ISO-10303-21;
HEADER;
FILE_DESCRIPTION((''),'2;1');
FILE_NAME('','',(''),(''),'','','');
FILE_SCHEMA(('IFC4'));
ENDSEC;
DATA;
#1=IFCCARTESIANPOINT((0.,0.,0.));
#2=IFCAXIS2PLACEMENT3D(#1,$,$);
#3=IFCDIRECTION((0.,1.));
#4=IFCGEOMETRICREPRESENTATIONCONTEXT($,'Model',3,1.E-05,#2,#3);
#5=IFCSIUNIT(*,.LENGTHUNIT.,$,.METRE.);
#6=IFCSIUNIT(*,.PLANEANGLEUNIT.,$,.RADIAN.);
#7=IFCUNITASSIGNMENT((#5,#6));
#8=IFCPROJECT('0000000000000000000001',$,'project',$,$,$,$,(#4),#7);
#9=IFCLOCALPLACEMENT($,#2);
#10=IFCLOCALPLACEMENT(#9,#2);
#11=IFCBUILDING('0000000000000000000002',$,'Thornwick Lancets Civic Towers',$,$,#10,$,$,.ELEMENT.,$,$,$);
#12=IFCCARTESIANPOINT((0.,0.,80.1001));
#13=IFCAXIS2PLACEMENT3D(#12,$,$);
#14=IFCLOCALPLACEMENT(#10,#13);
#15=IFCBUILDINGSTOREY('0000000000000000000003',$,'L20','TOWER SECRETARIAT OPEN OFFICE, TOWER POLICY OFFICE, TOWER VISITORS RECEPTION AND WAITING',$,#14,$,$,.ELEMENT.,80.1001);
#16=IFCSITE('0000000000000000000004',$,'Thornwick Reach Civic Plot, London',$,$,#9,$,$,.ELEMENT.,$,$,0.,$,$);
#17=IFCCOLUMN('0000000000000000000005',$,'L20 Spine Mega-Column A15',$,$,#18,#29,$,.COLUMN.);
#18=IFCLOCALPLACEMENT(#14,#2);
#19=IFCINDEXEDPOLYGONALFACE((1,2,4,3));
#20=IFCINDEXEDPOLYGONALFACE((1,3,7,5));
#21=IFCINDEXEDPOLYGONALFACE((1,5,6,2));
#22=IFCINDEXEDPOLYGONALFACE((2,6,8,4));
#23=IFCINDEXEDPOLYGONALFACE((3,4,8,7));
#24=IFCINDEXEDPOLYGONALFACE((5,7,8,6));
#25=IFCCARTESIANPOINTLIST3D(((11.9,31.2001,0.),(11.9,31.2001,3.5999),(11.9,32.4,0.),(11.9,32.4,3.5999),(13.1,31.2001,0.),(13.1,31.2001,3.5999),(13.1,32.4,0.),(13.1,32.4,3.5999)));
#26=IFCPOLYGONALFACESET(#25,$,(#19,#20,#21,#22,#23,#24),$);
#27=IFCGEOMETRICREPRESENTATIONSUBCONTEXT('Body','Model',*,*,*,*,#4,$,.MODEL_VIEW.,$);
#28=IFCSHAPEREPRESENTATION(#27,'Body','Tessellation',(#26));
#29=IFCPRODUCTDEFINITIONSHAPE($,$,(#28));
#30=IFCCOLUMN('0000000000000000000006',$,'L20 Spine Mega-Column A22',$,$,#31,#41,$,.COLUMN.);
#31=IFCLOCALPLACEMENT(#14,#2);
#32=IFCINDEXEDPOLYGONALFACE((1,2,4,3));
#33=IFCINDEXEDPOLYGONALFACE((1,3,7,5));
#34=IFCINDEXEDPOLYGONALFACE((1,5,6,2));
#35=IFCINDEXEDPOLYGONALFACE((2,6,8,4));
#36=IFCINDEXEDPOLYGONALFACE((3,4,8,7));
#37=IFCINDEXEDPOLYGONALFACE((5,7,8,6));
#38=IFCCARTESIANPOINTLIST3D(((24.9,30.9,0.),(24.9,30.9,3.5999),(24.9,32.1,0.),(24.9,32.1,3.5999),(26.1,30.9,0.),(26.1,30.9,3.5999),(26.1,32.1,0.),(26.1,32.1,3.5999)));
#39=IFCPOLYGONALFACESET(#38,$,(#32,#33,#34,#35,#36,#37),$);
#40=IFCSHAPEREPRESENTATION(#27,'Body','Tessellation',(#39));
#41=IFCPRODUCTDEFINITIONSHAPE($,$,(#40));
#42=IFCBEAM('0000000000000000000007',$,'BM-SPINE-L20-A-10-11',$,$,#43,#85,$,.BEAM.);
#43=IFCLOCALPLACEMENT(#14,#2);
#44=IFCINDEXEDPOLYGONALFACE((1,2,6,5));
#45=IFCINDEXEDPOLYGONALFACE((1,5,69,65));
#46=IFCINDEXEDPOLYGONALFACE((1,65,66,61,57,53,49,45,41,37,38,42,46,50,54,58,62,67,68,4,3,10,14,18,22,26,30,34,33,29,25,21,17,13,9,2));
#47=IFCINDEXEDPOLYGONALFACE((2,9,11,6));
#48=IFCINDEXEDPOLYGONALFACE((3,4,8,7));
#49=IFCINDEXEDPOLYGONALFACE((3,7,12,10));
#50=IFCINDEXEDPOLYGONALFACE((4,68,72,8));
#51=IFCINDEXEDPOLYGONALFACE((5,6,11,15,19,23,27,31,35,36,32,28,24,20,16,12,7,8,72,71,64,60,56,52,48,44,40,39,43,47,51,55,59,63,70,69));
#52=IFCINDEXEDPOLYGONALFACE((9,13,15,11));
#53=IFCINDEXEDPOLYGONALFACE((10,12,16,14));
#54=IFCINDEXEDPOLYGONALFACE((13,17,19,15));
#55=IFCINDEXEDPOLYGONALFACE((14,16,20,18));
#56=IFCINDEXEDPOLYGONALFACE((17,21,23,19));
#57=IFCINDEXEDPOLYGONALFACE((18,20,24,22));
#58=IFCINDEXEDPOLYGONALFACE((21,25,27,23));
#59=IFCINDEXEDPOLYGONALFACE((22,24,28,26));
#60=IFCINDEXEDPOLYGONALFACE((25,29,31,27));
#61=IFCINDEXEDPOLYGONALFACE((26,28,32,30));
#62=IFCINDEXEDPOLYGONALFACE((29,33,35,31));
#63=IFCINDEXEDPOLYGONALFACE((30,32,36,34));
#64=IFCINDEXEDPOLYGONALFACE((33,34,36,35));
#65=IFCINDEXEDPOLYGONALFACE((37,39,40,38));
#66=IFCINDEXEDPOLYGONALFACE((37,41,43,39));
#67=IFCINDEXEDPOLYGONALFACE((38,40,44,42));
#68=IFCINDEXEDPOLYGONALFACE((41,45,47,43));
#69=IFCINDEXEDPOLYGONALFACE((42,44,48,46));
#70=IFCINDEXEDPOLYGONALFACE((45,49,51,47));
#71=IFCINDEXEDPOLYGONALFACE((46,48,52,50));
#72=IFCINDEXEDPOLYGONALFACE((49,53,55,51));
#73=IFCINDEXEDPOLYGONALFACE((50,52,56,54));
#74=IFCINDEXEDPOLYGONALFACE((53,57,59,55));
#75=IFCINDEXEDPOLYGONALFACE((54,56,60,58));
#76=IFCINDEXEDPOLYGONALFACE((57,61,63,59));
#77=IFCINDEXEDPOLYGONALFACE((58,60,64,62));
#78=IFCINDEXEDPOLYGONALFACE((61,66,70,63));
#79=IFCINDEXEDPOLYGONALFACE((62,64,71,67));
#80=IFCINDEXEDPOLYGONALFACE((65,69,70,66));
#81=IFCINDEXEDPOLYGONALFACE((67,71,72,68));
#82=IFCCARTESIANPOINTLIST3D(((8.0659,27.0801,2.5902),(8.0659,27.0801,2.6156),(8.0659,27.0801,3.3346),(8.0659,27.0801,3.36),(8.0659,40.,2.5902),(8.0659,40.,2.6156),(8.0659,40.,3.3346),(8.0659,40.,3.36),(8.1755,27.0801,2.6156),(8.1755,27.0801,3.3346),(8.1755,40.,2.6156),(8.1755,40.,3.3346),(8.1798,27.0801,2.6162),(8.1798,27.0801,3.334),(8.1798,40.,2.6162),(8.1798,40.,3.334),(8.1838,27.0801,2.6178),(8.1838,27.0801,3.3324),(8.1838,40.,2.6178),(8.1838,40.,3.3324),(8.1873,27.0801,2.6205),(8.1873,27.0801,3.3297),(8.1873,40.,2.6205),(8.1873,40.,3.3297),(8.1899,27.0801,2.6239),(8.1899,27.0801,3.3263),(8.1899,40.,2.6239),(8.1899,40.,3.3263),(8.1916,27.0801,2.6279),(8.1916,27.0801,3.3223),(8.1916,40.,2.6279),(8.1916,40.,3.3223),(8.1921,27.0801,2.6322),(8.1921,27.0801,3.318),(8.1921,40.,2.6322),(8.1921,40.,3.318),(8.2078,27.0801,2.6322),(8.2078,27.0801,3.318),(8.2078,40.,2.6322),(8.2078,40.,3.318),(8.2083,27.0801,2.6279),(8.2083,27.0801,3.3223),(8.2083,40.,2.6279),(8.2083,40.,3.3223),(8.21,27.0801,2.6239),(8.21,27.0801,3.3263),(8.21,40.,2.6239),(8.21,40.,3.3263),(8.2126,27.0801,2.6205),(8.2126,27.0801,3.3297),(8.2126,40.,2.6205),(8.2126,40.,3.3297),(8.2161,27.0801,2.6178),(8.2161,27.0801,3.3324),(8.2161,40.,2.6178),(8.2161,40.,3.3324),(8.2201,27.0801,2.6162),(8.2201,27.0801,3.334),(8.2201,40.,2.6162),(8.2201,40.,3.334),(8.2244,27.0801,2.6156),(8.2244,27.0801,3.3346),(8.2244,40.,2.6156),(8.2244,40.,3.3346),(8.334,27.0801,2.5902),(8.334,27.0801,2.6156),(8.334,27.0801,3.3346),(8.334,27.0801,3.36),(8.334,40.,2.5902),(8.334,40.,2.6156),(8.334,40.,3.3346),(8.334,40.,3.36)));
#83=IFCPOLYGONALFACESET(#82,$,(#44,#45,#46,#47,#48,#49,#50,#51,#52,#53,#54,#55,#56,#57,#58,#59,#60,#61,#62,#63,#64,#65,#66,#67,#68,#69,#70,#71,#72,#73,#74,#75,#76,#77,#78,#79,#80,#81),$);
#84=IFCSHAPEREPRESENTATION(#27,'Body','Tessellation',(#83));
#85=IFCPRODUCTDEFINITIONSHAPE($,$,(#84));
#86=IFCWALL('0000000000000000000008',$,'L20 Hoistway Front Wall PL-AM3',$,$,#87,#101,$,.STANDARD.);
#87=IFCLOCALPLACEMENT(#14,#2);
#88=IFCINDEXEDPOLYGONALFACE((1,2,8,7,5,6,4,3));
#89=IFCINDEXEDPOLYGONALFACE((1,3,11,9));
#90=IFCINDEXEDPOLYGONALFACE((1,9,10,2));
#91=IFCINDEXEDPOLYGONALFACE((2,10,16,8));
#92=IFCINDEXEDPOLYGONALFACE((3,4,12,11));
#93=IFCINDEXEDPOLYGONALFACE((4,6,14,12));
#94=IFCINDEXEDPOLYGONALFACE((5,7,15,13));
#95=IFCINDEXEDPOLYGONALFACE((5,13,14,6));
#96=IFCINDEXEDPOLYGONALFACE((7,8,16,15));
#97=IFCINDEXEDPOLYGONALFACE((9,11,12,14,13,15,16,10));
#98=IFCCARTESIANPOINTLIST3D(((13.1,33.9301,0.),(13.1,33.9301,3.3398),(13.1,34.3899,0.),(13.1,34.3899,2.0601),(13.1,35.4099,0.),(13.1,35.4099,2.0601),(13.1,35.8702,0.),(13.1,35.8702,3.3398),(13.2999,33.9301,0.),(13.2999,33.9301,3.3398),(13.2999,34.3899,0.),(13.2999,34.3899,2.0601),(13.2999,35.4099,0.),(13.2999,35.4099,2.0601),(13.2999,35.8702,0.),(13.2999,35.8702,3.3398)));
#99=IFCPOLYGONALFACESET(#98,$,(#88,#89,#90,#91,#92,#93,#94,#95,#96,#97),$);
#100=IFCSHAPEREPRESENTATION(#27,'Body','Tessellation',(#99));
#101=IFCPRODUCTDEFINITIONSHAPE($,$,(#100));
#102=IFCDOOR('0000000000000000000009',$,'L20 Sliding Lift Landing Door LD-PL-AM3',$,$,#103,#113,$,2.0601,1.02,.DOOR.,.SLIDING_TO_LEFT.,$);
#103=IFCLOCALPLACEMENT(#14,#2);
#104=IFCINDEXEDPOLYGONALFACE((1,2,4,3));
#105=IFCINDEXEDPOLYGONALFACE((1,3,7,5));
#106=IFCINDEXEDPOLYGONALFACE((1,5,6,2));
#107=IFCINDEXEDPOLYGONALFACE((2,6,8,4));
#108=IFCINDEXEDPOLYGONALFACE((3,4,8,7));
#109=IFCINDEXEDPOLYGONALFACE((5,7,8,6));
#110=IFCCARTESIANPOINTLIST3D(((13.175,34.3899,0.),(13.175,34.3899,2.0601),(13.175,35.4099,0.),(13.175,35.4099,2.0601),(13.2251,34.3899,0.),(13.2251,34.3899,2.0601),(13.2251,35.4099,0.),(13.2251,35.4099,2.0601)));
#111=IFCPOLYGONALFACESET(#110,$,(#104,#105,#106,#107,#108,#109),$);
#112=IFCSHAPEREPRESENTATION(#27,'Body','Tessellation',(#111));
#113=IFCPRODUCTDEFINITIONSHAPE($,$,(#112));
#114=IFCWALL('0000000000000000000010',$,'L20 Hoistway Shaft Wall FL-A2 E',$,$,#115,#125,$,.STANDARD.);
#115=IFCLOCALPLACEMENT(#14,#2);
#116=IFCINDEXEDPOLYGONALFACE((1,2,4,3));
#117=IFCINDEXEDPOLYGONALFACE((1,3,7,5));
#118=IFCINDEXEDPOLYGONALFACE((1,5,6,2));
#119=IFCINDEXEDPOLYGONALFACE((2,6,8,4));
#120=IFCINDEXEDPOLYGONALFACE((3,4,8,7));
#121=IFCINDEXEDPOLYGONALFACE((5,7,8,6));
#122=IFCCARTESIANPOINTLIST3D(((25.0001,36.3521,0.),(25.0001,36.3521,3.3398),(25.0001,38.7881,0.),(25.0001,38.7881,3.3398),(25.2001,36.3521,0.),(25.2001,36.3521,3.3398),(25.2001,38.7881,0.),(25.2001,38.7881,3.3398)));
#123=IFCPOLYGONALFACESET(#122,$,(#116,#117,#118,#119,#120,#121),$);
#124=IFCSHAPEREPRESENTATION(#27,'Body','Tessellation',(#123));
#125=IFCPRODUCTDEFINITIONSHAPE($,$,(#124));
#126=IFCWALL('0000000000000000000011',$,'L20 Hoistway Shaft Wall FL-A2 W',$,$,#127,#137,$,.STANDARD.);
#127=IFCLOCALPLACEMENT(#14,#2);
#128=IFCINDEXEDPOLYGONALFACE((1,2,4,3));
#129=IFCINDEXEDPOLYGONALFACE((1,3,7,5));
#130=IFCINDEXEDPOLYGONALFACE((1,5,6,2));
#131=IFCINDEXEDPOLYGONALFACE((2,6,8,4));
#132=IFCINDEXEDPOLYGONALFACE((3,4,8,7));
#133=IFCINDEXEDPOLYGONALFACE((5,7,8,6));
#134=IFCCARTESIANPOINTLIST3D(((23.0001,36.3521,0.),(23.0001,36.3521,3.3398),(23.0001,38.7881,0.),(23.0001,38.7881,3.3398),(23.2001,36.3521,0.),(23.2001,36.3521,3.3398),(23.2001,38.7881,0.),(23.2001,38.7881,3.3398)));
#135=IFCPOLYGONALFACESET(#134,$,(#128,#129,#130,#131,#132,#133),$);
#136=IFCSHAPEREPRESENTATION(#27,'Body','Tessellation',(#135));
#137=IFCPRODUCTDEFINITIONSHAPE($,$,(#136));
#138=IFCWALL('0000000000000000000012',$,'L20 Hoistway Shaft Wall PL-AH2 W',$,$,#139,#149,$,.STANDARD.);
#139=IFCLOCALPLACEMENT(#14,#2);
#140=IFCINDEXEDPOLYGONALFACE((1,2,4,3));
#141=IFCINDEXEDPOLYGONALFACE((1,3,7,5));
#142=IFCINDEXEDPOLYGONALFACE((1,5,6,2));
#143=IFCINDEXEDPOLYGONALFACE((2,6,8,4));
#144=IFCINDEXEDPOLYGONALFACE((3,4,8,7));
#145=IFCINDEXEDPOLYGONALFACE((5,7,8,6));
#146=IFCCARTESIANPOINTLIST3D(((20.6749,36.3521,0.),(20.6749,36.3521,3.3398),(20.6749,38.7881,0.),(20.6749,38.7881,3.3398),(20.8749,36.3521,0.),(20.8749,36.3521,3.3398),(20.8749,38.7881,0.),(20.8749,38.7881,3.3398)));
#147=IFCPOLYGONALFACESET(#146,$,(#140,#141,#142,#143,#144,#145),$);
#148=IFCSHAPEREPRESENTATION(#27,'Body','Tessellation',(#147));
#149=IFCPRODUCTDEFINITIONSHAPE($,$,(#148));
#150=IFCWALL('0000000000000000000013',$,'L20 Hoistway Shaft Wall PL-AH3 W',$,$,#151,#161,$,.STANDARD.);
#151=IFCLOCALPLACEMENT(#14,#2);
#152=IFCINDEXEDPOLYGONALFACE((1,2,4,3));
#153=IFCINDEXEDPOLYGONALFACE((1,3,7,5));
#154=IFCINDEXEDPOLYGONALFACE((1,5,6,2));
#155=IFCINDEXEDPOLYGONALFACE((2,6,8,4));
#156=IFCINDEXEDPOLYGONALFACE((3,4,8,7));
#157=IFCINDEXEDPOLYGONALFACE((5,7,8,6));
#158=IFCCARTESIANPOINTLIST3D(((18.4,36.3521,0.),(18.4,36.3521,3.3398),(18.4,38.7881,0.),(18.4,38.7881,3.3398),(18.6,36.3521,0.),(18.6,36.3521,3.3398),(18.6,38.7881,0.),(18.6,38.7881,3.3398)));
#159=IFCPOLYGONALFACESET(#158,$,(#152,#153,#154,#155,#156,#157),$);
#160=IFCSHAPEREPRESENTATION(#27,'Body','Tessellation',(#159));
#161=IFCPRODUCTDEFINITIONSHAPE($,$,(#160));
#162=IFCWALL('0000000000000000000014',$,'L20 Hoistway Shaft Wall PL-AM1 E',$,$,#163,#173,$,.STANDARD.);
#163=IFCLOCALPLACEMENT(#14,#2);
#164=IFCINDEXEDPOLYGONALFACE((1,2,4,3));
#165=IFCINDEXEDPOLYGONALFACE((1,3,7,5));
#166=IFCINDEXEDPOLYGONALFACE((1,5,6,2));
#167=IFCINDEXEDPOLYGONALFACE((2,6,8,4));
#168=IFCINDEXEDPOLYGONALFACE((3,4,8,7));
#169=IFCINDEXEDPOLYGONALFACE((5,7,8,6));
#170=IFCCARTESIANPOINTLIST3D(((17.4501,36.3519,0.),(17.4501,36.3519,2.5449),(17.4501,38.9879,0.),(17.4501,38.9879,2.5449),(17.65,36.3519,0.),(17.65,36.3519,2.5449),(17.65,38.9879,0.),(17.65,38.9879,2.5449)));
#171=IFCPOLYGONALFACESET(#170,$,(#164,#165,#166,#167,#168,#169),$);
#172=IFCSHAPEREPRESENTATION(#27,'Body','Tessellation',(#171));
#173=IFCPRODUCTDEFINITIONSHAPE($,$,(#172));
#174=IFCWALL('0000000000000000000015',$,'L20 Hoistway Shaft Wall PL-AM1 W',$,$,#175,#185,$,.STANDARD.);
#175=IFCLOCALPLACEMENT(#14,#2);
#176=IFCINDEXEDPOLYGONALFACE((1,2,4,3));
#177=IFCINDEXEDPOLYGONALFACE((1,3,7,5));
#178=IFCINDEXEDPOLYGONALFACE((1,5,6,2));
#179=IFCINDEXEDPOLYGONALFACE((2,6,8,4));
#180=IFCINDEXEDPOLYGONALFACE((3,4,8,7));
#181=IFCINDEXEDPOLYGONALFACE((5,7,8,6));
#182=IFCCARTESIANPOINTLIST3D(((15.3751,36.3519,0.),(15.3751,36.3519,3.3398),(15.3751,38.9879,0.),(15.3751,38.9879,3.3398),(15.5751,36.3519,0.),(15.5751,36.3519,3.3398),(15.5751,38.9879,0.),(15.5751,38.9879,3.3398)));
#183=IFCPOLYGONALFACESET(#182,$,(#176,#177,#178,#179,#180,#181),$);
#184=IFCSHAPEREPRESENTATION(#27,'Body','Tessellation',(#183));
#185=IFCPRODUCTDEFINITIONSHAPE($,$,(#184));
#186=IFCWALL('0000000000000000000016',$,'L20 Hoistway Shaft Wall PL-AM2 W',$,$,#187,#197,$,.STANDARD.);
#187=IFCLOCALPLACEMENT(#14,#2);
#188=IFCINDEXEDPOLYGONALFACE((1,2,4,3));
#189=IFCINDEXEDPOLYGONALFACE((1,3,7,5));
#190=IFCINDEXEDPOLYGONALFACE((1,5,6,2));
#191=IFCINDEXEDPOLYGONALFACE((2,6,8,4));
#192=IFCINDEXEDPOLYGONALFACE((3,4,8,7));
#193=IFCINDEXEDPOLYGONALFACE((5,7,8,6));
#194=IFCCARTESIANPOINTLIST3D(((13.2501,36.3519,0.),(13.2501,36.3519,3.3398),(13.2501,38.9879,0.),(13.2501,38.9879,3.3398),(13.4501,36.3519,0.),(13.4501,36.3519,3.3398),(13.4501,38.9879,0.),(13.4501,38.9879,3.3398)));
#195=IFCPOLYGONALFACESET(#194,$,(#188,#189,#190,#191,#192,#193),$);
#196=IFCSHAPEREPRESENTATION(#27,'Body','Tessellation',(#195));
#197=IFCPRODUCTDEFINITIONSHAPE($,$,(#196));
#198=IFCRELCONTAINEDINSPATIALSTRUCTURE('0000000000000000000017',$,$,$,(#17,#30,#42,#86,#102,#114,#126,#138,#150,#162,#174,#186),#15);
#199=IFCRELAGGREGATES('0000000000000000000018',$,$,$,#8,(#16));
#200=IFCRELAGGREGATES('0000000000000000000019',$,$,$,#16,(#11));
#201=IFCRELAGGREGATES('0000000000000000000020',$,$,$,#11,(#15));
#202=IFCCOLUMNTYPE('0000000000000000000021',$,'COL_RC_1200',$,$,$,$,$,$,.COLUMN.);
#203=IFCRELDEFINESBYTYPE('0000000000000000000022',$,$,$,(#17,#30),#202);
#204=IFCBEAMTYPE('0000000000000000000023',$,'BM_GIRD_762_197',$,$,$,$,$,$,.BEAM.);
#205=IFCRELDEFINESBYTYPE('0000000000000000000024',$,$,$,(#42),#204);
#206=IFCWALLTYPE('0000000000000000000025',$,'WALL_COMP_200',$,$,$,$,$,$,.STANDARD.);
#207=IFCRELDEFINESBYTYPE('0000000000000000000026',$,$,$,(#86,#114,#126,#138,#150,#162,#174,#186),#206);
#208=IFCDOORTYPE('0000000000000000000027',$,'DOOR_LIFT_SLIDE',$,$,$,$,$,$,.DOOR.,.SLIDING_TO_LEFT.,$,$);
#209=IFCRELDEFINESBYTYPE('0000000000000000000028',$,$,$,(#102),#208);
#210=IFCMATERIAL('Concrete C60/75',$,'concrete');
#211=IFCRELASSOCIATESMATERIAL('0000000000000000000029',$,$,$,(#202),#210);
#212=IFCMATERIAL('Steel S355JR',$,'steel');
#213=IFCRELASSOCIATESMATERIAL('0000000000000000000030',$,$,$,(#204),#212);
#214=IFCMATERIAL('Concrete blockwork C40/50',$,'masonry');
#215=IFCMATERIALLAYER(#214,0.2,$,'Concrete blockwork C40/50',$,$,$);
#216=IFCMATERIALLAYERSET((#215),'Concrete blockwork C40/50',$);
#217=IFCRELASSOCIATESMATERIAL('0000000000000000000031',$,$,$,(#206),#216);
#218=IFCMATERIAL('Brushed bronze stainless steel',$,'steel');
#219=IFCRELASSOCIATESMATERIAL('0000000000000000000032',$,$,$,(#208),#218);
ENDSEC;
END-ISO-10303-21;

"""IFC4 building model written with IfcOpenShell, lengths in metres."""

from ifc_helpers import new_model, si_unit, direction, frame, frame_2d, origin, origin_2d, place, context, subcontext, project, spatial, rectangle, i_section, extrude, material, layer, layer_set, material_profile, profile_set, type_object, element, fill, save


model = new_model("IFC4")

# Units and contexts
model_context = context("Model", 3, precision=1e-05, world=origin(), true_north=direction((0.0, 1.0)))
body_context = subcontext(model_context, "Body", "Model", "MODEL_VIEW")
ifc_project = project(units=[si_unit("LENGTHUNIT", "METRE"), si_unit("PLANEANGLEUNIT", "RADIAN")], contexts=[model_context])

# Site, building, storey
site_placement = place(None, origin())
site = spatial("IfcSite", under=ifc_project, at=site_placement, Name="Thornwick Reach Civic Plot, London", CompositionType="ELEMENT", RefElevation=0.0)
building_placement = place(site_placement, origin())
building = spatial("IfcBuilding", under=site, at=building_placement, Name="Thornwick Lancets Civic Towers", CompositionType="ELEMENT")
storey_placement = place(building_placement, frame((0.0, 0.0, 80.1001)))
storey = spatial("IfcBuildingStorey", under=building, at=storey_placement, Name="L20", Description="TOWER SECRETARIAT OPEN OFFICE, TOWER POLICY OFFICE, TOWER VISITORS RECEPTION AND WAITING", CompositionType="ELEMENT", Elevation=80.1001)

# Columns
ifc_material_1 = material(Name="Concrete C60/75", Category="concrete")
ifc_material_profile_1 = material_profile(ifc_material_1, rectangle(XDim=1.2, YDim=1.2, at=origin_2d()), Name="RC 1200x1200")
ifc_profile_set_1 = profile_set([ifc_material_profile_1], Name="Concrete C60/75")
column_type = type_object("IfcColumnType", Name="COL_RC_1200", PredefinedType="COLUMN", material=ifc_profile_set_1)
for number, where, z_axis, x_axis, name in (
    (1, (12.5, 31.8, 0.0), (0.0, 0.0, 1.0), (1.0, 0.0, 0.0), "L20 Spine Mega-Column A15"),
    (2, (25.5, 31.5, 0.0), (0.0, 0.0, 1.0), (1.0, 0.0, 0.0), "L20 Spine Mega-Column A22"),
):
    element("IfcColumn", number, at=place(storey_placement, frame(where, z_axis=z_axis, x_axis=x_axis)), inside=storey, type_object=column_type, Name=name, PredefinedType="COLUMN", context=body_context, shape_type="SweptSolid", body=[
        extrude(rectangle(XDim=1.2, YDim=1.2, at=origin_2d()), origin(), (0.0, 0.0, 1.0), 3.5999),
    ])

# Beam
ifc_material_2 = material(Name="Steel S355JR", Category="steel")
ifc_material_profile_2 = material_profile(ifc_material_2, i_section(OverallWidth=0.2681, OverallDepth=0.7698, WebThickness=0.0156, FlangeThickness=0.0254, FilletRadius=0.0166, at=origin_2d()), Name="UKB 762x267x197")
ifc_profile_set_2 = profile_set([ifc_material_profile_2], Name="Steel S355JR")
beam_type = type_object("IfcBeamType", Name="BM_GIRD_762_197", PredefinedType="BEAM", material=ifc_profile_set_2)
beam_placement = place(storey_placement, frame((8.2, 27.0801, 2.9751), z_axis=(0.0, 1.0, 0.0), x_axis=(-1.0, 0.0, 0.0)))
element("IfcBeam", 3, at=beam_placement, inside=storey, type_object=beam_type, Name="BM-SPINE-L20-A-10-11", PredefinedType="BEAM", context=body_context, shape_type="SweptSolid", body=[
    extrude(i_section(OverallWidth=0.2681, OverallDepth=0.7698, WebThickness=0.0156, FlangeThickness=0.0254, FilletRadius=0.0166, at=origin_2d()), origin(), (0.0, 0.0, 1.0), 12.9199),
])

# Wall, opening, door
ifc_material_3 = material(Name="Concrete blockwork C40/50", Category="masonry")
ifc_layer_1 = layer(ifc_material_3, 0.2, Name="Concrete blockwork C40/50")
ifc_layer_set_1 = layer_set([ifc_layer_1], Name="Concrete blockwork C40/50")
wall_type_1 = type_object("IfcWallType", Name="WALL_COMP_200", PredefinedType="STANDARD", material=ifc_layer_set_1)
wall_1_placement = place(storey_placement, frame((13.2, 33.9299, 0.0), z_axis=(0.0, 0.0, 1.0), x_axis=(0.0, 1.0, 0.0)))
wall_1 = element("IfcWall", 4, at=wall_1_placement, inside=storey, type_object=wall_type_1, Name="L20 Hoistway Front Wall PL-AM3", PredefinedType="STANDARD", context=body_context, shape_type="SweptSolid", body=[
    extrude(rectangle(XDim=1.9402, YDim=0.2, at=frame_2d((0.9702, 0.0))), origin(), (0.0, 0.0, 1.0), 3.3398),
])
opening_1_placement = place(wall_1_placement, frame((0.46, 0.0, 0.0)))
opening_1 = element("IfcOpeningElement", 5, at=opening_1_placement, cuts=wall_1, PredefinedType="OPENING", context=body_context, shape_type="SweptSolid", body=[
    extrude(rectangle(XDim=1.02, YDim=2.0601, at=frame_2d((0.51, 1.03))), frame((0.0, 0.1099, 0.0), z_axis=(0.0, -1.0, 0.0), x_axis=(1.0, 0.0, 0.0)), (0.0, 0.0, 1.0), 0.22),
])
ifc_material_4 = material(Name="Brushed bronze stainless steel", Category="steel")
door_type_1 = type_object("IfcDoorType", Name="DOOR_LIFT_SLIDE", OperationType="SLIDING_TO_LEFT", PredefinedType="DOOR", material=ifc_material_4)
door_1_placement = place(opening_1_placement, origin())
door_1 = element("IfcDoor", 6, at=door_1_placement, inside=storey, type_object=door_type_1, Name="L20 Sliding Lift Landing Door LD-PL-AM3", OperationType="SLIDING_TO_LEFT", OverallHeight=2.0601, OverallWidth=1.02, PredefinedType="DOOR", context=body_context, shape_type="SweptSolid", body=[
    extrude(rectangle(XDim=1.02, YDim=2.0601, at=frame_2d((0.51, 1.03))), frame((0.0, 0.0249, 0.0), z_axis=(0.0, -1.0, 0.0), x_axis=(1.0, 0.0, 0.0)), (0.0, 0.0, 1.0), 0.05),
])
fill(opening_1, door_1)

# Walls
for number, where, z_axis, x_axis, name in (
    (7, (25.1001, 36.3521, 0.0), (0.0, 0.0, 1.0), (0.0, 1.0, 0.0), "L20 Hoistway Shaft Wall FL-A2 E"),
    (8, (23.1001, 36.3521, 0.0), (0.0, 0.0, 1.0), (0.0, 1.0, 0.0), "L20 Hoistway Shaft Wall FL-A2 W"),
    (9, (20.7749, 36.3521, 0.0), (0.0, 0.0, 1.0), (0.0, 1.0, 0.0), "L20 Hoistway Shaft Wall PL-AH2 W"),
    (10, (18.5, 36.3521, 0.0), (0.0, 0.0, 1.0), (0.0, 1.0, 0.0), "L20 Hoistway Shaft Wall PL-AH3 W"),
):
    element("IfcWall", number, at=place(storey_placement, frame(where, z_axis=z_axis, x_axis=x_axis)), inside=storey, type_object=wall_type_1, Name=name, PredefinedType="STANDARD", context=body_context, shape_type="SweptSolid", body=[
        extrude(rectangle(XDim=2.436, YDim=0.2, at=frame_2d((1.218, 0.0))), origin(), (0.0, 0.0, 1.0), 3.3398),
    ])
wall_2_placement = place(storey_placement, frame((17.55, 36.3521, 0.0), z_axis=(0.0, 0.0, 1.0), x_axis=(0.0, 1.0, 0.0)))
element("IfcWall", 11, at=wall_2_placement, inside=storey, type_object=wall_type_1, Name="L20 Hoistway Shaft Wall PL-AM1 E", PredefinedType="STANDARD", context=body_context, shape_type="SweptSolid", body=[
    extrude(rectangle(XDim=2.636, YDim=0.2, at=frame_2d((1.3179, 0.0))), origin(), (0.0, 0.0, 1.0), 2.5449),
])
for number, where, z_axis, x_axis, name in (
    (12, (15.4751, 36.3521, 0.0), (0.0, 0.0, 1.0), (0.0, 1.0, 0.0), "L20 Hoistway Shaft Wall PL-AM1 W"),
    (13, (13.3501, 36.3521, 0.0), (0.0, 0.0, 1.0), (0.0, 1.0, 0.0), "L20 Hoistway Shaft Wall PL-AM2 W"),
):
    element("IfcWall", number, at=place(storey_placement, frame(where, z_axis=z_axis, x_axis=x_axis)), inside=storey, type_object=wall_type_1, Name=name, PredefinedType="STANDARD", context=body_context, shape_type="SweptSolid", body=[
        extrude(rectangle(XDim=2.636, YDim=0.2, at=frame_2d((1.3179, 0.0))), origin(), (0.0, 0.0, 1.0), 3.3398),
    ])

save(model, "model.ifc")
